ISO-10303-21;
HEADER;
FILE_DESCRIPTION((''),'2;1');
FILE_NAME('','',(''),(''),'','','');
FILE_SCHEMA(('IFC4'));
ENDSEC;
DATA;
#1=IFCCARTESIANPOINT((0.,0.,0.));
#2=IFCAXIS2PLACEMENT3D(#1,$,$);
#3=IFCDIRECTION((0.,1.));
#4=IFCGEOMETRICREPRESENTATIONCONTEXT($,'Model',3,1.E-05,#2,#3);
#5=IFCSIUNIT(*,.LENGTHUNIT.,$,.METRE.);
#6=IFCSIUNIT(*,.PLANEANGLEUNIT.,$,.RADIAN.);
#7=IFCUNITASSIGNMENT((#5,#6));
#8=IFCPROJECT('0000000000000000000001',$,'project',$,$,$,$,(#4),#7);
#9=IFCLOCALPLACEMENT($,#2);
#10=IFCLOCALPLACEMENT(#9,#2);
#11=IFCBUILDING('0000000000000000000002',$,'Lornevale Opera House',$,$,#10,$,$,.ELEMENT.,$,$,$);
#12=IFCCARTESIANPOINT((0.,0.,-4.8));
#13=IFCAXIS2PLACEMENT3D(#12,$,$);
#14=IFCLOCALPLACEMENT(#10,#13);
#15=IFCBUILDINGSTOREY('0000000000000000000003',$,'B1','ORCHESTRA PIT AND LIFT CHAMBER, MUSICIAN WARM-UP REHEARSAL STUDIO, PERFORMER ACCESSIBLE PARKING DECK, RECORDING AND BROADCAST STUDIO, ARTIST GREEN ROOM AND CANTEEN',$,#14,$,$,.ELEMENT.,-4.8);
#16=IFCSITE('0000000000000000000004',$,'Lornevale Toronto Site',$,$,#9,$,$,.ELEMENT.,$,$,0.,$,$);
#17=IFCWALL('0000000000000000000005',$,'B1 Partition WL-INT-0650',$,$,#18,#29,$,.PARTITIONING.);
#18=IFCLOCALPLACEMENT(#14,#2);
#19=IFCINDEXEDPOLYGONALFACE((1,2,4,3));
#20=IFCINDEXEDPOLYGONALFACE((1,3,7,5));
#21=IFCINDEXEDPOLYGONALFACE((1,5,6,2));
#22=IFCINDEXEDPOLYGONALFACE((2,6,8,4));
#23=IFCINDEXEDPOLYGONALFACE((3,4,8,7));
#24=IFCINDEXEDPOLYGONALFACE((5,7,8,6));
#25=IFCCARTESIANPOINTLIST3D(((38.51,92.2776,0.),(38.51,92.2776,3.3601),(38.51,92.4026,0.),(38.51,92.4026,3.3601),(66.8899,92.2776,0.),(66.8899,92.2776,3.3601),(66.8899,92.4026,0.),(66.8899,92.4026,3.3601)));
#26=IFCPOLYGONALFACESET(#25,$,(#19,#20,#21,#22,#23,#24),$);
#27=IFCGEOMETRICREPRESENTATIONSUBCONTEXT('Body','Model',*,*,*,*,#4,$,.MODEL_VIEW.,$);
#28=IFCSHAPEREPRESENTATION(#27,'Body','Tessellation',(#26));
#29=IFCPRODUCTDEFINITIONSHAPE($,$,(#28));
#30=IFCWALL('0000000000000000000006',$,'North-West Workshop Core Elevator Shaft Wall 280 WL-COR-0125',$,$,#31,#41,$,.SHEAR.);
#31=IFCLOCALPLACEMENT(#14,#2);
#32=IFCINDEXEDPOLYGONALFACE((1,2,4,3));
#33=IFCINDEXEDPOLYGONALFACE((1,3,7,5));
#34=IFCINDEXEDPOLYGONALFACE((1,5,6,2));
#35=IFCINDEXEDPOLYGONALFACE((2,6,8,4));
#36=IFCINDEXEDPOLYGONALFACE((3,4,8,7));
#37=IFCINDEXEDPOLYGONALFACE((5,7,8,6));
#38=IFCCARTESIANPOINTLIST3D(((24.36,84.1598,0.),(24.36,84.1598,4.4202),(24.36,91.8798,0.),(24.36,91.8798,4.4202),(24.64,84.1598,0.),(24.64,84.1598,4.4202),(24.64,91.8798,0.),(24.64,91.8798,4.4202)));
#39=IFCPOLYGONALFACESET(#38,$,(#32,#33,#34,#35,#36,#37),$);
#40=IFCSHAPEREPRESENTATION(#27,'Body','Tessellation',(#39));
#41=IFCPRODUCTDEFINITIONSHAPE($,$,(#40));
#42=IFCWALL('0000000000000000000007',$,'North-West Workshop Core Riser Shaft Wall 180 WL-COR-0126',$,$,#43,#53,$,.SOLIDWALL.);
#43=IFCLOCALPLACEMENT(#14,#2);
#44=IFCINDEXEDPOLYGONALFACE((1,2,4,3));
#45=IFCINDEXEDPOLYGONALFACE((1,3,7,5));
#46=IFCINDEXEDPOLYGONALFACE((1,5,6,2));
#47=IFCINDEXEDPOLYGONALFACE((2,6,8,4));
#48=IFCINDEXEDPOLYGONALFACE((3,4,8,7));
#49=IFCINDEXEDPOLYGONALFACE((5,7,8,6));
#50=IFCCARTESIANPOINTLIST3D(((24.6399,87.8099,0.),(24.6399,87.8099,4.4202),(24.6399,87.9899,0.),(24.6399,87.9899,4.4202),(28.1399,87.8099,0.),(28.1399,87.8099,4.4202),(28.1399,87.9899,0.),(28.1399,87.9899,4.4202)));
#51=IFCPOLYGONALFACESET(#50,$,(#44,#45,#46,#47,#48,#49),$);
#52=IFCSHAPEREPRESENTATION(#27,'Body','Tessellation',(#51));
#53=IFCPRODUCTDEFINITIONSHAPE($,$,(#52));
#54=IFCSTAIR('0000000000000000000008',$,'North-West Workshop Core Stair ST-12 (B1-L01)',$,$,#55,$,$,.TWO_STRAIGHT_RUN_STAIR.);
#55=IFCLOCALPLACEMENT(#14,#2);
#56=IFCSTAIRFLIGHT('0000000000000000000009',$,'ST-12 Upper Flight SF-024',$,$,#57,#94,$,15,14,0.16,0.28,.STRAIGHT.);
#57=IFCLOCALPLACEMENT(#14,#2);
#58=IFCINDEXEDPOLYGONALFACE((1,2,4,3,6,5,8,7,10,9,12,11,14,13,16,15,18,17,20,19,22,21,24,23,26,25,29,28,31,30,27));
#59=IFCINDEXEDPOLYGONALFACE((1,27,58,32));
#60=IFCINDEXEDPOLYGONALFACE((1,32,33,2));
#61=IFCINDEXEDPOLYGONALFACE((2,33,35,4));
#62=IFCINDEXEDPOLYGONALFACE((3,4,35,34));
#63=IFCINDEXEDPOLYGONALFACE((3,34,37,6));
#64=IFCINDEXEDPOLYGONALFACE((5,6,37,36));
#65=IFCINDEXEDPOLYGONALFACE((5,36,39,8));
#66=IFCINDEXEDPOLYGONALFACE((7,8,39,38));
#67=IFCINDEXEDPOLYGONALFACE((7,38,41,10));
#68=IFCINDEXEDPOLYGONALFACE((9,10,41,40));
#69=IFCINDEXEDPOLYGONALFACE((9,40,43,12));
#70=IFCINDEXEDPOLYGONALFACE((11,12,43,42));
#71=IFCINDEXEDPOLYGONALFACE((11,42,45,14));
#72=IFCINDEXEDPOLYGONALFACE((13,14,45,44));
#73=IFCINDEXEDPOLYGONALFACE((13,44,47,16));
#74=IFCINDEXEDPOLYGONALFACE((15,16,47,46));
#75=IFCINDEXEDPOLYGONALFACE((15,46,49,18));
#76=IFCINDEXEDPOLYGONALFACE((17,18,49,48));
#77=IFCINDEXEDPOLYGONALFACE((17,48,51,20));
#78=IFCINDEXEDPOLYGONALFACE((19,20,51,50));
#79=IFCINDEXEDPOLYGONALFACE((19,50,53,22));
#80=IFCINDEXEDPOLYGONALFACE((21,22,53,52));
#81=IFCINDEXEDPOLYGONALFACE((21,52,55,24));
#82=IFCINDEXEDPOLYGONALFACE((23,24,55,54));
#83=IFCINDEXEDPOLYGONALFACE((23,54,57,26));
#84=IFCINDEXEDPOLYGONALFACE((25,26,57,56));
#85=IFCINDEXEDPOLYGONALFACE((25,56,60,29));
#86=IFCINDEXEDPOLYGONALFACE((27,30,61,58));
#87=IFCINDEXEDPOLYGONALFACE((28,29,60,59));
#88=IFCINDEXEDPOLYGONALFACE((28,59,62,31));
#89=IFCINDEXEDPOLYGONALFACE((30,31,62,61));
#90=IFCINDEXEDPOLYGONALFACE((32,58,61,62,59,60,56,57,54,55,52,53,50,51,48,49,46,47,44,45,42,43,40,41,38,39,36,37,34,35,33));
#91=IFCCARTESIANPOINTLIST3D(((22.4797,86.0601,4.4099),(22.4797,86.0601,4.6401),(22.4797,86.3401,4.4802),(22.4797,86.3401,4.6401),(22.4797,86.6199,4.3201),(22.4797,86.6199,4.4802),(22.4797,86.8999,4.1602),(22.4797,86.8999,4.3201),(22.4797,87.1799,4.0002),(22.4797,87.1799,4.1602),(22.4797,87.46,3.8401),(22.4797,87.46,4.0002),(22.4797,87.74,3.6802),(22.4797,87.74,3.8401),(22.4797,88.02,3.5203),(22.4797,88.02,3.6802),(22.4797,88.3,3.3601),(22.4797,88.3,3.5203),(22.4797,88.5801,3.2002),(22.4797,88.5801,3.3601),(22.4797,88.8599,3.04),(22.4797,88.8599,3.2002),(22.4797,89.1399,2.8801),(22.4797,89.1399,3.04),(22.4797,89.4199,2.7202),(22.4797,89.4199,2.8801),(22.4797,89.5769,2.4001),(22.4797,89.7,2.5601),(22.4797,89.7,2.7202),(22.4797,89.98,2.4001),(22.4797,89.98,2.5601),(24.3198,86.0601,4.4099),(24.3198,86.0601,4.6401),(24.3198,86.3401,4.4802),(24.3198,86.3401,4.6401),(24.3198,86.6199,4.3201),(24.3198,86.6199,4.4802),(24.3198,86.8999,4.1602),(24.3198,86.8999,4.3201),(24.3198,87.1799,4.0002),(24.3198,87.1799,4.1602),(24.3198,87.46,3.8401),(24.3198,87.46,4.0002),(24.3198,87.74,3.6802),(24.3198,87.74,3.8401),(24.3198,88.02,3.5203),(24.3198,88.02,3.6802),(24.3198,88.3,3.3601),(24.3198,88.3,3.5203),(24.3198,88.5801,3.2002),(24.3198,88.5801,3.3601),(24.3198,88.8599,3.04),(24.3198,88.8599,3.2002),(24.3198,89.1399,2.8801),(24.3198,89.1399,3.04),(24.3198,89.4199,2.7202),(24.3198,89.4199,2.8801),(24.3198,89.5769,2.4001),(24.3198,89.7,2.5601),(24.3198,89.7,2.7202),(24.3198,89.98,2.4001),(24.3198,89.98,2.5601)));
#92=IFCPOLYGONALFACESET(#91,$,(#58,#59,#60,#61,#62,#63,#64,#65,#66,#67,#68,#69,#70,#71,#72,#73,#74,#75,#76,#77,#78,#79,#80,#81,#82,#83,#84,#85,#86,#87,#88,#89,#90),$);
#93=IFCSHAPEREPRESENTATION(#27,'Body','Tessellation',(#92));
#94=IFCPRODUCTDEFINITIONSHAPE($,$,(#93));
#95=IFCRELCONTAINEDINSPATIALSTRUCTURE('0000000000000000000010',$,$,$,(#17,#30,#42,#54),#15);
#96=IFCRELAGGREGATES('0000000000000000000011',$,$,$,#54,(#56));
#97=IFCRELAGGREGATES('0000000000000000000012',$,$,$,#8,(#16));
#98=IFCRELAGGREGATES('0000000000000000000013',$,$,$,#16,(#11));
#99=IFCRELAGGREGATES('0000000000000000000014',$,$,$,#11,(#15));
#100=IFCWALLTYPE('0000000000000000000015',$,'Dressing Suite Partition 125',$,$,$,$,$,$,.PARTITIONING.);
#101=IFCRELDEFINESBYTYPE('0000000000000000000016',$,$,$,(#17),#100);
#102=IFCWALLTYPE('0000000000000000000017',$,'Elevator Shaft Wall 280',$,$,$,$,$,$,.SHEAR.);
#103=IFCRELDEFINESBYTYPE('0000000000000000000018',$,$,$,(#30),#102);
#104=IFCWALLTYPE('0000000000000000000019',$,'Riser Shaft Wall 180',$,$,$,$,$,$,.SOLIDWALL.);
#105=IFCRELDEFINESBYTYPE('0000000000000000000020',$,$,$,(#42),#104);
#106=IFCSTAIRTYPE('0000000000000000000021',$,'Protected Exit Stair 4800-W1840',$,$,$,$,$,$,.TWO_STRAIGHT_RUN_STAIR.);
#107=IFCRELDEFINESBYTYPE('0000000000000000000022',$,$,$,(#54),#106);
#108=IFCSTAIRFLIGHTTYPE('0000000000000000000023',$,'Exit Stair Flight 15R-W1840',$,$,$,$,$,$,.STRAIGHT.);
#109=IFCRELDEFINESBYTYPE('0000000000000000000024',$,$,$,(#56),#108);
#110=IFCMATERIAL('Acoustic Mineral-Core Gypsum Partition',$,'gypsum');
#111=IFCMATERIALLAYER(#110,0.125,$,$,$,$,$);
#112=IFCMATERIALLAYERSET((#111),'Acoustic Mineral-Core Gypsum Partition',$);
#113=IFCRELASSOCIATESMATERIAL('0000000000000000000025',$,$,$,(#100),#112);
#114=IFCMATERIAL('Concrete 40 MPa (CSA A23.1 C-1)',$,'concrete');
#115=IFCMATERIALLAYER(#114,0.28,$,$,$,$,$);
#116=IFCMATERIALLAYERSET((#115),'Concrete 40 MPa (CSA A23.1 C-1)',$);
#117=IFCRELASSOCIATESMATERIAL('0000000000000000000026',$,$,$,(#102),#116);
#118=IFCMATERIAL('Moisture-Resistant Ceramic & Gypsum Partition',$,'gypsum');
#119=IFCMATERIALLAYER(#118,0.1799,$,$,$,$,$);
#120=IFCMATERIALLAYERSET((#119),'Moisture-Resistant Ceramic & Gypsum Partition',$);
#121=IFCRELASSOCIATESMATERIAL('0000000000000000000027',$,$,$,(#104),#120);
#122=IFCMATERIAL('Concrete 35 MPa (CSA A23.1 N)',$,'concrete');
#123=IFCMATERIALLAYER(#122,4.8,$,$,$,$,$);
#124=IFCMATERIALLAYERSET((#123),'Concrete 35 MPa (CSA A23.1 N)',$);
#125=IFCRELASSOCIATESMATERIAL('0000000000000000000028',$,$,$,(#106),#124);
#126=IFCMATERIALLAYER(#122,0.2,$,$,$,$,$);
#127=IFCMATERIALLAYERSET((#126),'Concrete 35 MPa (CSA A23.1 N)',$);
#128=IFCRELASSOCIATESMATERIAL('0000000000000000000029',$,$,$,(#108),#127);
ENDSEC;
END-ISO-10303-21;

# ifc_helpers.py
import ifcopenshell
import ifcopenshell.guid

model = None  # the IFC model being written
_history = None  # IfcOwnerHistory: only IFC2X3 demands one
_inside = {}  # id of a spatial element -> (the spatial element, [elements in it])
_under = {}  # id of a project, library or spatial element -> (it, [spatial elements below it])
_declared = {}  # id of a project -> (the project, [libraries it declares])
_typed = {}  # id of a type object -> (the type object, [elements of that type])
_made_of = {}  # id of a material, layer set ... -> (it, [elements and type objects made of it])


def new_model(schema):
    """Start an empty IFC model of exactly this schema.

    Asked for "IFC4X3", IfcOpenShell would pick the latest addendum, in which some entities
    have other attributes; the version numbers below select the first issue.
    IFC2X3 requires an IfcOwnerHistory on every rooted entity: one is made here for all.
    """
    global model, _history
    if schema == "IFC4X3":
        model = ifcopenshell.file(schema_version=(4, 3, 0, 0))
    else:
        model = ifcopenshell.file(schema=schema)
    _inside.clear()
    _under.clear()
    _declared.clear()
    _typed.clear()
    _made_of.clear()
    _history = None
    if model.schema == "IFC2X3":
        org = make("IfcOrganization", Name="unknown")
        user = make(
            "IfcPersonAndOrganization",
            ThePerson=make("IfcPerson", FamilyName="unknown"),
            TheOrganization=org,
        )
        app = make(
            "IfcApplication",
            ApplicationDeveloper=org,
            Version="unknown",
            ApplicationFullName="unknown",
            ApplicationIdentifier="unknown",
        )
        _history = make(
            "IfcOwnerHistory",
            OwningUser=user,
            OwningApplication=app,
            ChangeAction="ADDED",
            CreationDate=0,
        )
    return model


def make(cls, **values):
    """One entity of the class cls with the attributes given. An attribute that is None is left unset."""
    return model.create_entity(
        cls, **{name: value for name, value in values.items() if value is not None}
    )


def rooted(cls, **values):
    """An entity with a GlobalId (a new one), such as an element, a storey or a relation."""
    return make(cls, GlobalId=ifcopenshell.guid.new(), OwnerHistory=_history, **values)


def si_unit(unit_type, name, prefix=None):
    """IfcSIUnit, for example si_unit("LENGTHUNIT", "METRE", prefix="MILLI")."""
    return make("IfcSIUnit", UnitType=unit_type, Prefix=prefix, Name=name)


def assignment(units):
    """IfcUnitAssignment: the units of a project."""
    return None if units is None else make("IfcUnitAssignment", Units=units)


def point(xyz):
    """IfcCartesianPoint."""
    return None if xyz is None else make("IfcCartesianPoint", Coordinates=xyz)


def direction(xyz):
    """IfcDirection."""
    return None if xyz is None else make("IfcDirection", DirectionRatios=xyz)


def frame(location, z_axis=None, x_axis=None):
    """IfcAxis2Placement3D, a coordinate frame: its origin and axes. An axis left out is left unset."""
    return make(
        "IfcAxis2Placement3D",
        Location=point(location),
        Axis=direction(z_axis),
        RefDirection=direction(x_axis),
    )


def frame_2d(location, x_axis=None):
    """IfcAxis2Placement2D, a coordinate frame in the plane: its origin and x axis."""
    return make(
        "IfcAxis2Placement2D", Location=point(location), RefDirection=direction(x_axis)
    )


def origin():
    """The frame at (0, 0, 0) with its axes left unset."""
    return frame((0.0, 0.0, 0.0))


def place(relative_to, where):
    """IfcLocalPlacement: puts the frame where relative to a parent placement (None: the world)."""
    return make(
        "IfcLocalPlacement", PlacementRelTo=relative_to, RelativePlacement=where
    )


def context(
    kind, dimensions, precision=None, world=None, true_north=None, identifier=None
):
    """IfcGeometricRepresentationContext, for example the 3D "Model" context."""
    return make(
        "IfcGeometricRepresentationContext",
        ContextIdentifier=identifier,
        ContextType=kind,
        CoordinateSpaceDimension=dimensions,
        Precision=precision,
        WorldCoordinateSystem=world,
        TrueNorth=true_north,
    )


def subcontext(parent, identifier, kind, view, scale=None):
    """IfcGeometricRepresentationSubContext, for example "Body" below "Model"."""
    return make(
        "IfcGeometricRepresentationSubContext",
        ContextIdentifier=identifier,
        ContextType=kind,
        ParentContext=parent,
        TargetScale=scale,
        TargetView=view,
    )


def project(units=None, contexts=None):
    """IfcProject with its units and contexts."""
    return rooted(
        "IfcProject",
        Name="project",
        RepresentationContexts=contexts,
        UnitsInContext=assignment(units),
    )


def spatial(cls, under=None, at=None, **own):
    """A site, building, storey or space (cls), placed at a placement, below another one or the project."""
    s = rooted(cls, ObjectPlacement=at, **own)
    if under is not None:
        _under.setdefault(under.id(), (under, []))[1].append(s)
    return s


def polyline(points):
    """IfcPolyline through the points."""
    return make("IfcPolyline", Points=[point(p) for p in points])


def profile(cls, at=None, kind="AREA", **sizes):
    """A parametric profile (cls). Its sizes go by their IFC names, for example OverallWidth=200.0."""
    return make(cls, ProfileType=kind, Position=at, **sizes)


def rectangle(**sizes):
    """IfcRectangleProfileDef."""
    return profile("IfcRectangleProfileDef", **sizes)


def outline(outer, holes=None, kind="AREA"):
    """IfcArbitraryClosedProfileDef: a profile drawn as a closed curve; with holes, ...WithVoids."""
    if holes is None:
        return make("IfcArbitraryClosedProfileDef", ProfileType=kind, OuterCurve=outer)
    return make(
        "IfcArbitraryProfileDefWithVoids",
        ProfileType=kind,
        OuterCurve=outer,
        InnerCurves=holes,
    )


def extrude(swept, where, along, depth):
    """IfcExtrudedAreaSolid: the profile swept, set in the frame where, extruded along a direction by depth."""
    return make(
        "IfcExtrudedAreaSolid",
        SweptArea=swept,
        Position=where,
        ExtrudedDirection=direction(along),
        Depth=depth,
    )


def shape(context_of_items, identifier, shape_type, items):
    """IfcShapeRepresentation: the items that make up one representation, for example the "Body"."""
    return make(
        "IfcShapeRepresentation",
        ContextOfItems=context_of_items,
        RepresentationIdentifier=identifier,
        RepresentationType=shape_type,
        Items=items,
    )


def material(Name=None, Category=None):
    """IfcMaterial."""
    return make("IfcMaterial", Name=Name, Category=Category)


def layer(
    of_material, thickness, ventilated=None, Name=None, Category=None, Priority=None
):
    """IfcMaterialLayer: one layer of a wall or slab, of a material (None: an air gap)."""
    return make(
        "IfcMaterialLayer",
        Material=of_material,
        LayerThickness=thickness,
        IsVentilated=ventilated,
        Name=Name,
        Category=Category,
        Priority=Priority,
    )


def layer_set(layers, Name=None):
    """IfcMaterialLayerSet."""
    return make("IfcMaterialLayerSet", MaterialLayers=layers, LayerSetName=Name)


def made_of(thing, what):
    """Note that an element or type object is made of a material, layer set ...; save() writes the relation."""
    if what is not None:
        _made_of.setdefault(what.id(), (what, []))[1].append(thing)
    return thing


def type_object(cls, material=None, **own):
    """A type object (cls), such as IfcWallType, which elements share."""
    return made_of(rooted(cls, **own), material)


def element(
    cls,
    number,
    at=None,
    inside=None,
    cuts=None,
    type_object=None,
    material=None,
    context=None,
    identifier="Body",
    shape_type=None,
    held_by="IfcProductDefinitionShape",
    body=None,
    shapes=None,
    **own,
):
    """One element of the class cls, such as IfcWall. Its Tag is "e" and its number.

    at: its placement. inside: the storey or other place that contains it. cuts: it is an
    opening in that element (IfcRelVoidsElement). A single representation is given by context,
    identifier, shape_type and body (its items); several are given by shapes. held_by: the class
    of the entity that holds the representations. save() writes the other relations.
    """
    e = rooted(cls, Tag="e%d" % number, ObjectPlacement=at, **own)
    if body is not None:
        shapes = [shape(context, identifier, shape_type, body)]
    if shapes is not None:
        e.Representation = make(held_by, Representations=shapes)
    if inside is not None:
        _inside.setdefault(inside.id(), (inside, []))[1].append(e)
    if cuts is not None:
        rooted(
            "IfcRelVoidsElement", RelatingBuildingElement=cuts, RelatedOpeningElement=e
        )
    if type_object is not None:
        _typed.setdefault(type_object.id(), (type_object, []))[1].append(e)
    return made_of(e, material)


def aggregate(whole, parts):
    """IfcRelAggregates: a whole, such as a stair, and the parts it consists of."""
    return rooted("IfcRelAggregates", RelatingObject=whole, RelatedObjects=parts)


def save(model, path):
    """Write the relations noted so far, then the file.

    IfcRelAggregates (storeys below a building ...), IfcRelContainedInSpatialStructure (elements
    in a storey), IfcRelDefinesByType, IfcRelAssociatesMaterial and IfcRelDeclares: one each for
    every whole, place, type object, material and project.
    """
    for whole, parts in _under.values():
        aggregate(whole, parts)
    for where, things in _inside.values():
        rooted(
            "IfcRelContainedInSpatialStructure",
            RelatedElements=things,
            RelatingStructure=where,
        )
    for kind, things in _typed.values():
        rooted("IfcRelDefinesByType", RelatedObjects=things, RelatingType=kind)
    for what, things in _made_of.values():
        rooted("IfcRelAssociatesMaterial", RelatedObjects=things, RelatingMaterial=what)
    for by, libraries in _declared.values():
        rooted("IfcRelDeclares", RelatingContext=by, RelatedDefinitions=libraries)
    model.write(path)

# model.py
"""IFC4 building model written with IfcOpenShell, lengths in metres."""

from ifc_helpers import new_model, si_unit, direction, frame, frame_2d, origin, place, context, subcontext, project, spatial, polyline, rectangle, outline, extrude, material, layer, layer_set, type_object, element, aggregate, save


model = new_model("IFC4")

# Units and contexts
model_context = context("Model", 3, precision=1e-05, world=origin(), true_north=direction((0.0, 1.0)))
body_context = subcontext(model_context, "Body", "Model", "MODEL_VIEW")
ifc_project = project(units=[si_unit("LENGTHUNIT", "METRE"), si_unit("PLANEANGLEUNIT", "RADIAN")], contexts=[model_context])

# Site, building, storey
site_placement = place(None, origin())
site = spatial("IfcSite", under=ifc_project, at=site_placement, Name="Lornevale Toronto Site", CompositionType="ELEMENT", RefElevation=0.0)
building_placement = place(site_placement, origin())
building = spatial("IfcBuilding", under=site, at=building_placement, Name="Lornevale Opera House", CompositionType="ELEMENT")
storey_placement = place(building_placement, frame((0.0, 0.0, -4.8)))
storey = spatial("IfcBuildingStorey", under=building, at=storey_placement, Name="B1", Description="ORCHESTRA PIT AND LIFT CHAMBER, MUSICIAN WARM-UP REHEARSAL STUDIO, PERFORMER ACCESSIBLE PARKING DECK, RECORDING AND BROADCAST STUDIO, ARTIST GREEN ROOM AND CANTEEN", CompositionType="ELEMENT", Elevation=-4.8)

# Shared definitions
ifc_material_1 = material(Name="Concrete 40 MPa (CSA A23.1 C-1)", Category="concrete")

# Shared definitions
ifc_material_2 = material(Name="Concrete 35 MPa (CSA A23.1 N)", Category="concrete")

# Wall
ifc_material_3 = material(Name="Acoustic Mineral-Core Gypsum Partition", Category="gypsum")
ifc_layer_1 = layer(ifc_material_3, 0.125)
ifc_layer_set_1 = layer_set([ifc_layer_1], Name="Acoustic Mineral-Core Gypsum Partition")
wall_type_1 = type_object("IfcWallType", Name="Dressing Suite Partition 125", PredefinedType="PARTITIONING", material=ifc_layer_set_1)
wall_1_placement = place(storey_placement, frame((38.51, 92.3401, 0.0), z_axis=(0.0, 0.0, 1.0), x_axis=(1.0, 0.0, 0.0)))
element("IfcWall", 1, at=wall_1_placement, inside=storey, type_object=wall_type_1, Name="B1 Partition WL-INT-0650", PredefinedType="PARTITIONING", context=body_context, shape_type="SweptSolid", body=[
    extrude(rectangle(XDim=28.3799, YDim=0.125, at=frame_2d((14.1899, 0.0))), origin(), (0.0, 0.0, 1.0), 3.3601),
])

# Shared definitions
ifc_layer_2 = layer(ifc_material_1, 0.28)
ifc_layer_set_2 = layer_set([ifc_layer_2], Name="Concrete 40 MPa (CSA A23.1 C-1)")
wall_type_2 = type_object("IfcWallType", Name="Elevator Shaft Wall 280", PredefinedType="SHEAR", material=ifc_layer_set_2)

# Walls
wall_2_placement = place(storey_placement, frame((24.5, 84.1599, 0.0), z_axis=(0.0, 0.0, 1.0), x_axis=(0.0, 1.0, 0.0)))
element("IfcWall", 2, at=wall_2_placement, inside=storey, type_object=wall_type_2, Name="North-West Workshop Core Elevator Shaft Wall 280 WL-COR-0125", PredefinedType="SHEAR", context=body_context, shape_type="SweptSolid", body=[
    extrude(rectangle(XDim=7.72, YDim=0.28, at=frame_2d((3.8599, 0.0))), origin(), (0.0, 0.0, 1.0), 4.4202),
])
ifc_material_4 = material(Name="Moisture-Resistant Ceramic & Gypsum Partition", Category="gypsum")
ifc_layer_3 = layer(ifc_material_4, 0.1799)
ifc_layer_set_3 = layer_set([ifc_layer_3], Name="Moisture-Resistant Ceramic & Gypsum Partition")
wall_type_3 = type_object("IfcWallType", Name="Riser Shaft Wall 180", PredefinedType="SOLIDWALL", material=ifc_layer_set_3)
wall_3_placement = place(storey_placement, frame((24.6399, 87.8999, 0.0), z_axis=(0.0, 0.0, 1.0), x_axis=(1.0, 0.0, 0.0)))
element("IfcWall", 3, at=wall_3_placement, inside=storey, type_object=wall_type_3, Name="North-West Workshop Core Riser Shaft Wall 180 WL-COR-0126", PredefinedType="SOLIDWALL", context=body_context, shape_type="SweptSolid", body=[
    extrude(rectangle(XDim=3.5, YDim=0.1799, at=frame_2d((1.75, 0.0))), origin(), (0.0, 0.0, 1.0), 4.4202),
])

# Stair, stair flight
ifc_layer_4 = layer(ifc_material_2, 4.8)
ifc_layer_set_4 = layer_set([ifc_layer_4], Name="Concrete 35 MPa (CSA A23.1 N)")
stair_type = type_object("IfcStairType", Name="Protected Exit Stair 4800-W1840", PredefinedType="TWO_STRAIGHT_RUN_STAIR", material=ifc_layer_set_4)
stair_placement = place(storey_placement, origin())
stair = element("IfcStair", 4, at=stair_placement, inside=storey, type_object=stair_type, Name="North-West Workshop Core Stair ST-12 (B1-L01)", PredefinedType="TWO_STRAIGHT_RUN_STAIR")
ifc_layer_5 = layer(ifc_material_2, 0.2)
ifc_layer_set_5 = layer_set([ifc_layer_5], Name="Concrete 35 MPa (CSA A23.1 N)")
stair_flight_type = type_object("IfcStairFlightType", Name="Exit Stair Flight 15R-W1840", PredefinedType="STRAIGHT", material=ifc_layer_set_5)
stair_flight_placement = place(storey_placement, frame((23.3999, 89.98, 2.4001), z_axis=(0.0, 0.0, 1.0), x_axis=(0.0, -1.0, 0.0)))
stair_flight = element("IfcStairFlight", 5, at=stair_flight_placement, type_object=stair_flight_type, Name="ST-12 Upper Flight SF-024", NumberOfRisers=15, NumberOfTreads=14, PredefinedType="STRAIGHT", RiserHeight=0.16, TreadLength=0.28, context=body_context, shape_type="SweptSolid", body=[
    extrude(outline(polyline([(0.0, 0.0), (0.0, 0.1599), (0.28, 0.1599), (0.28, 0.3201), (0.5601, 0.3201), (0.5601, 0.48), (0.8401, 0.48), (0.8401, 0.6399), (1.1201, 0.6399), (1.1201, 0.8), (1.3999, 0.8), (1.3999, 0.96), (1.6799, 0.96), (1.6799, 1.1201), (1.96, 1.1201), (1.96, 1.28), (2.24, 1.28), (2.24, 1.4399), (2.52, 1.4399), (2.52, 1.6001), (2.8, 1.6001), (2.8, 1.76), (3.0801, 1.76), (3.0801, 1.9199), (3.3601, 1.9199), (3.3601, 2.0801), (3.6399, 2.0801), (3.6399, 2.24), (3.9199, 2.24), (3.9199, 2.0098), (0.4031, 0.0), (0.0, 0.0)])), frame((0.0, 0.9199, 0.0), z_axis=(0.0, -1.0, 0.0), x_axis=(1.0, 0.0, 0.0)), (0.0, 0.0, 1.0), 1.8401),
])
aggregate(stair, [stair_flight])

save(model, "model.ifc")
